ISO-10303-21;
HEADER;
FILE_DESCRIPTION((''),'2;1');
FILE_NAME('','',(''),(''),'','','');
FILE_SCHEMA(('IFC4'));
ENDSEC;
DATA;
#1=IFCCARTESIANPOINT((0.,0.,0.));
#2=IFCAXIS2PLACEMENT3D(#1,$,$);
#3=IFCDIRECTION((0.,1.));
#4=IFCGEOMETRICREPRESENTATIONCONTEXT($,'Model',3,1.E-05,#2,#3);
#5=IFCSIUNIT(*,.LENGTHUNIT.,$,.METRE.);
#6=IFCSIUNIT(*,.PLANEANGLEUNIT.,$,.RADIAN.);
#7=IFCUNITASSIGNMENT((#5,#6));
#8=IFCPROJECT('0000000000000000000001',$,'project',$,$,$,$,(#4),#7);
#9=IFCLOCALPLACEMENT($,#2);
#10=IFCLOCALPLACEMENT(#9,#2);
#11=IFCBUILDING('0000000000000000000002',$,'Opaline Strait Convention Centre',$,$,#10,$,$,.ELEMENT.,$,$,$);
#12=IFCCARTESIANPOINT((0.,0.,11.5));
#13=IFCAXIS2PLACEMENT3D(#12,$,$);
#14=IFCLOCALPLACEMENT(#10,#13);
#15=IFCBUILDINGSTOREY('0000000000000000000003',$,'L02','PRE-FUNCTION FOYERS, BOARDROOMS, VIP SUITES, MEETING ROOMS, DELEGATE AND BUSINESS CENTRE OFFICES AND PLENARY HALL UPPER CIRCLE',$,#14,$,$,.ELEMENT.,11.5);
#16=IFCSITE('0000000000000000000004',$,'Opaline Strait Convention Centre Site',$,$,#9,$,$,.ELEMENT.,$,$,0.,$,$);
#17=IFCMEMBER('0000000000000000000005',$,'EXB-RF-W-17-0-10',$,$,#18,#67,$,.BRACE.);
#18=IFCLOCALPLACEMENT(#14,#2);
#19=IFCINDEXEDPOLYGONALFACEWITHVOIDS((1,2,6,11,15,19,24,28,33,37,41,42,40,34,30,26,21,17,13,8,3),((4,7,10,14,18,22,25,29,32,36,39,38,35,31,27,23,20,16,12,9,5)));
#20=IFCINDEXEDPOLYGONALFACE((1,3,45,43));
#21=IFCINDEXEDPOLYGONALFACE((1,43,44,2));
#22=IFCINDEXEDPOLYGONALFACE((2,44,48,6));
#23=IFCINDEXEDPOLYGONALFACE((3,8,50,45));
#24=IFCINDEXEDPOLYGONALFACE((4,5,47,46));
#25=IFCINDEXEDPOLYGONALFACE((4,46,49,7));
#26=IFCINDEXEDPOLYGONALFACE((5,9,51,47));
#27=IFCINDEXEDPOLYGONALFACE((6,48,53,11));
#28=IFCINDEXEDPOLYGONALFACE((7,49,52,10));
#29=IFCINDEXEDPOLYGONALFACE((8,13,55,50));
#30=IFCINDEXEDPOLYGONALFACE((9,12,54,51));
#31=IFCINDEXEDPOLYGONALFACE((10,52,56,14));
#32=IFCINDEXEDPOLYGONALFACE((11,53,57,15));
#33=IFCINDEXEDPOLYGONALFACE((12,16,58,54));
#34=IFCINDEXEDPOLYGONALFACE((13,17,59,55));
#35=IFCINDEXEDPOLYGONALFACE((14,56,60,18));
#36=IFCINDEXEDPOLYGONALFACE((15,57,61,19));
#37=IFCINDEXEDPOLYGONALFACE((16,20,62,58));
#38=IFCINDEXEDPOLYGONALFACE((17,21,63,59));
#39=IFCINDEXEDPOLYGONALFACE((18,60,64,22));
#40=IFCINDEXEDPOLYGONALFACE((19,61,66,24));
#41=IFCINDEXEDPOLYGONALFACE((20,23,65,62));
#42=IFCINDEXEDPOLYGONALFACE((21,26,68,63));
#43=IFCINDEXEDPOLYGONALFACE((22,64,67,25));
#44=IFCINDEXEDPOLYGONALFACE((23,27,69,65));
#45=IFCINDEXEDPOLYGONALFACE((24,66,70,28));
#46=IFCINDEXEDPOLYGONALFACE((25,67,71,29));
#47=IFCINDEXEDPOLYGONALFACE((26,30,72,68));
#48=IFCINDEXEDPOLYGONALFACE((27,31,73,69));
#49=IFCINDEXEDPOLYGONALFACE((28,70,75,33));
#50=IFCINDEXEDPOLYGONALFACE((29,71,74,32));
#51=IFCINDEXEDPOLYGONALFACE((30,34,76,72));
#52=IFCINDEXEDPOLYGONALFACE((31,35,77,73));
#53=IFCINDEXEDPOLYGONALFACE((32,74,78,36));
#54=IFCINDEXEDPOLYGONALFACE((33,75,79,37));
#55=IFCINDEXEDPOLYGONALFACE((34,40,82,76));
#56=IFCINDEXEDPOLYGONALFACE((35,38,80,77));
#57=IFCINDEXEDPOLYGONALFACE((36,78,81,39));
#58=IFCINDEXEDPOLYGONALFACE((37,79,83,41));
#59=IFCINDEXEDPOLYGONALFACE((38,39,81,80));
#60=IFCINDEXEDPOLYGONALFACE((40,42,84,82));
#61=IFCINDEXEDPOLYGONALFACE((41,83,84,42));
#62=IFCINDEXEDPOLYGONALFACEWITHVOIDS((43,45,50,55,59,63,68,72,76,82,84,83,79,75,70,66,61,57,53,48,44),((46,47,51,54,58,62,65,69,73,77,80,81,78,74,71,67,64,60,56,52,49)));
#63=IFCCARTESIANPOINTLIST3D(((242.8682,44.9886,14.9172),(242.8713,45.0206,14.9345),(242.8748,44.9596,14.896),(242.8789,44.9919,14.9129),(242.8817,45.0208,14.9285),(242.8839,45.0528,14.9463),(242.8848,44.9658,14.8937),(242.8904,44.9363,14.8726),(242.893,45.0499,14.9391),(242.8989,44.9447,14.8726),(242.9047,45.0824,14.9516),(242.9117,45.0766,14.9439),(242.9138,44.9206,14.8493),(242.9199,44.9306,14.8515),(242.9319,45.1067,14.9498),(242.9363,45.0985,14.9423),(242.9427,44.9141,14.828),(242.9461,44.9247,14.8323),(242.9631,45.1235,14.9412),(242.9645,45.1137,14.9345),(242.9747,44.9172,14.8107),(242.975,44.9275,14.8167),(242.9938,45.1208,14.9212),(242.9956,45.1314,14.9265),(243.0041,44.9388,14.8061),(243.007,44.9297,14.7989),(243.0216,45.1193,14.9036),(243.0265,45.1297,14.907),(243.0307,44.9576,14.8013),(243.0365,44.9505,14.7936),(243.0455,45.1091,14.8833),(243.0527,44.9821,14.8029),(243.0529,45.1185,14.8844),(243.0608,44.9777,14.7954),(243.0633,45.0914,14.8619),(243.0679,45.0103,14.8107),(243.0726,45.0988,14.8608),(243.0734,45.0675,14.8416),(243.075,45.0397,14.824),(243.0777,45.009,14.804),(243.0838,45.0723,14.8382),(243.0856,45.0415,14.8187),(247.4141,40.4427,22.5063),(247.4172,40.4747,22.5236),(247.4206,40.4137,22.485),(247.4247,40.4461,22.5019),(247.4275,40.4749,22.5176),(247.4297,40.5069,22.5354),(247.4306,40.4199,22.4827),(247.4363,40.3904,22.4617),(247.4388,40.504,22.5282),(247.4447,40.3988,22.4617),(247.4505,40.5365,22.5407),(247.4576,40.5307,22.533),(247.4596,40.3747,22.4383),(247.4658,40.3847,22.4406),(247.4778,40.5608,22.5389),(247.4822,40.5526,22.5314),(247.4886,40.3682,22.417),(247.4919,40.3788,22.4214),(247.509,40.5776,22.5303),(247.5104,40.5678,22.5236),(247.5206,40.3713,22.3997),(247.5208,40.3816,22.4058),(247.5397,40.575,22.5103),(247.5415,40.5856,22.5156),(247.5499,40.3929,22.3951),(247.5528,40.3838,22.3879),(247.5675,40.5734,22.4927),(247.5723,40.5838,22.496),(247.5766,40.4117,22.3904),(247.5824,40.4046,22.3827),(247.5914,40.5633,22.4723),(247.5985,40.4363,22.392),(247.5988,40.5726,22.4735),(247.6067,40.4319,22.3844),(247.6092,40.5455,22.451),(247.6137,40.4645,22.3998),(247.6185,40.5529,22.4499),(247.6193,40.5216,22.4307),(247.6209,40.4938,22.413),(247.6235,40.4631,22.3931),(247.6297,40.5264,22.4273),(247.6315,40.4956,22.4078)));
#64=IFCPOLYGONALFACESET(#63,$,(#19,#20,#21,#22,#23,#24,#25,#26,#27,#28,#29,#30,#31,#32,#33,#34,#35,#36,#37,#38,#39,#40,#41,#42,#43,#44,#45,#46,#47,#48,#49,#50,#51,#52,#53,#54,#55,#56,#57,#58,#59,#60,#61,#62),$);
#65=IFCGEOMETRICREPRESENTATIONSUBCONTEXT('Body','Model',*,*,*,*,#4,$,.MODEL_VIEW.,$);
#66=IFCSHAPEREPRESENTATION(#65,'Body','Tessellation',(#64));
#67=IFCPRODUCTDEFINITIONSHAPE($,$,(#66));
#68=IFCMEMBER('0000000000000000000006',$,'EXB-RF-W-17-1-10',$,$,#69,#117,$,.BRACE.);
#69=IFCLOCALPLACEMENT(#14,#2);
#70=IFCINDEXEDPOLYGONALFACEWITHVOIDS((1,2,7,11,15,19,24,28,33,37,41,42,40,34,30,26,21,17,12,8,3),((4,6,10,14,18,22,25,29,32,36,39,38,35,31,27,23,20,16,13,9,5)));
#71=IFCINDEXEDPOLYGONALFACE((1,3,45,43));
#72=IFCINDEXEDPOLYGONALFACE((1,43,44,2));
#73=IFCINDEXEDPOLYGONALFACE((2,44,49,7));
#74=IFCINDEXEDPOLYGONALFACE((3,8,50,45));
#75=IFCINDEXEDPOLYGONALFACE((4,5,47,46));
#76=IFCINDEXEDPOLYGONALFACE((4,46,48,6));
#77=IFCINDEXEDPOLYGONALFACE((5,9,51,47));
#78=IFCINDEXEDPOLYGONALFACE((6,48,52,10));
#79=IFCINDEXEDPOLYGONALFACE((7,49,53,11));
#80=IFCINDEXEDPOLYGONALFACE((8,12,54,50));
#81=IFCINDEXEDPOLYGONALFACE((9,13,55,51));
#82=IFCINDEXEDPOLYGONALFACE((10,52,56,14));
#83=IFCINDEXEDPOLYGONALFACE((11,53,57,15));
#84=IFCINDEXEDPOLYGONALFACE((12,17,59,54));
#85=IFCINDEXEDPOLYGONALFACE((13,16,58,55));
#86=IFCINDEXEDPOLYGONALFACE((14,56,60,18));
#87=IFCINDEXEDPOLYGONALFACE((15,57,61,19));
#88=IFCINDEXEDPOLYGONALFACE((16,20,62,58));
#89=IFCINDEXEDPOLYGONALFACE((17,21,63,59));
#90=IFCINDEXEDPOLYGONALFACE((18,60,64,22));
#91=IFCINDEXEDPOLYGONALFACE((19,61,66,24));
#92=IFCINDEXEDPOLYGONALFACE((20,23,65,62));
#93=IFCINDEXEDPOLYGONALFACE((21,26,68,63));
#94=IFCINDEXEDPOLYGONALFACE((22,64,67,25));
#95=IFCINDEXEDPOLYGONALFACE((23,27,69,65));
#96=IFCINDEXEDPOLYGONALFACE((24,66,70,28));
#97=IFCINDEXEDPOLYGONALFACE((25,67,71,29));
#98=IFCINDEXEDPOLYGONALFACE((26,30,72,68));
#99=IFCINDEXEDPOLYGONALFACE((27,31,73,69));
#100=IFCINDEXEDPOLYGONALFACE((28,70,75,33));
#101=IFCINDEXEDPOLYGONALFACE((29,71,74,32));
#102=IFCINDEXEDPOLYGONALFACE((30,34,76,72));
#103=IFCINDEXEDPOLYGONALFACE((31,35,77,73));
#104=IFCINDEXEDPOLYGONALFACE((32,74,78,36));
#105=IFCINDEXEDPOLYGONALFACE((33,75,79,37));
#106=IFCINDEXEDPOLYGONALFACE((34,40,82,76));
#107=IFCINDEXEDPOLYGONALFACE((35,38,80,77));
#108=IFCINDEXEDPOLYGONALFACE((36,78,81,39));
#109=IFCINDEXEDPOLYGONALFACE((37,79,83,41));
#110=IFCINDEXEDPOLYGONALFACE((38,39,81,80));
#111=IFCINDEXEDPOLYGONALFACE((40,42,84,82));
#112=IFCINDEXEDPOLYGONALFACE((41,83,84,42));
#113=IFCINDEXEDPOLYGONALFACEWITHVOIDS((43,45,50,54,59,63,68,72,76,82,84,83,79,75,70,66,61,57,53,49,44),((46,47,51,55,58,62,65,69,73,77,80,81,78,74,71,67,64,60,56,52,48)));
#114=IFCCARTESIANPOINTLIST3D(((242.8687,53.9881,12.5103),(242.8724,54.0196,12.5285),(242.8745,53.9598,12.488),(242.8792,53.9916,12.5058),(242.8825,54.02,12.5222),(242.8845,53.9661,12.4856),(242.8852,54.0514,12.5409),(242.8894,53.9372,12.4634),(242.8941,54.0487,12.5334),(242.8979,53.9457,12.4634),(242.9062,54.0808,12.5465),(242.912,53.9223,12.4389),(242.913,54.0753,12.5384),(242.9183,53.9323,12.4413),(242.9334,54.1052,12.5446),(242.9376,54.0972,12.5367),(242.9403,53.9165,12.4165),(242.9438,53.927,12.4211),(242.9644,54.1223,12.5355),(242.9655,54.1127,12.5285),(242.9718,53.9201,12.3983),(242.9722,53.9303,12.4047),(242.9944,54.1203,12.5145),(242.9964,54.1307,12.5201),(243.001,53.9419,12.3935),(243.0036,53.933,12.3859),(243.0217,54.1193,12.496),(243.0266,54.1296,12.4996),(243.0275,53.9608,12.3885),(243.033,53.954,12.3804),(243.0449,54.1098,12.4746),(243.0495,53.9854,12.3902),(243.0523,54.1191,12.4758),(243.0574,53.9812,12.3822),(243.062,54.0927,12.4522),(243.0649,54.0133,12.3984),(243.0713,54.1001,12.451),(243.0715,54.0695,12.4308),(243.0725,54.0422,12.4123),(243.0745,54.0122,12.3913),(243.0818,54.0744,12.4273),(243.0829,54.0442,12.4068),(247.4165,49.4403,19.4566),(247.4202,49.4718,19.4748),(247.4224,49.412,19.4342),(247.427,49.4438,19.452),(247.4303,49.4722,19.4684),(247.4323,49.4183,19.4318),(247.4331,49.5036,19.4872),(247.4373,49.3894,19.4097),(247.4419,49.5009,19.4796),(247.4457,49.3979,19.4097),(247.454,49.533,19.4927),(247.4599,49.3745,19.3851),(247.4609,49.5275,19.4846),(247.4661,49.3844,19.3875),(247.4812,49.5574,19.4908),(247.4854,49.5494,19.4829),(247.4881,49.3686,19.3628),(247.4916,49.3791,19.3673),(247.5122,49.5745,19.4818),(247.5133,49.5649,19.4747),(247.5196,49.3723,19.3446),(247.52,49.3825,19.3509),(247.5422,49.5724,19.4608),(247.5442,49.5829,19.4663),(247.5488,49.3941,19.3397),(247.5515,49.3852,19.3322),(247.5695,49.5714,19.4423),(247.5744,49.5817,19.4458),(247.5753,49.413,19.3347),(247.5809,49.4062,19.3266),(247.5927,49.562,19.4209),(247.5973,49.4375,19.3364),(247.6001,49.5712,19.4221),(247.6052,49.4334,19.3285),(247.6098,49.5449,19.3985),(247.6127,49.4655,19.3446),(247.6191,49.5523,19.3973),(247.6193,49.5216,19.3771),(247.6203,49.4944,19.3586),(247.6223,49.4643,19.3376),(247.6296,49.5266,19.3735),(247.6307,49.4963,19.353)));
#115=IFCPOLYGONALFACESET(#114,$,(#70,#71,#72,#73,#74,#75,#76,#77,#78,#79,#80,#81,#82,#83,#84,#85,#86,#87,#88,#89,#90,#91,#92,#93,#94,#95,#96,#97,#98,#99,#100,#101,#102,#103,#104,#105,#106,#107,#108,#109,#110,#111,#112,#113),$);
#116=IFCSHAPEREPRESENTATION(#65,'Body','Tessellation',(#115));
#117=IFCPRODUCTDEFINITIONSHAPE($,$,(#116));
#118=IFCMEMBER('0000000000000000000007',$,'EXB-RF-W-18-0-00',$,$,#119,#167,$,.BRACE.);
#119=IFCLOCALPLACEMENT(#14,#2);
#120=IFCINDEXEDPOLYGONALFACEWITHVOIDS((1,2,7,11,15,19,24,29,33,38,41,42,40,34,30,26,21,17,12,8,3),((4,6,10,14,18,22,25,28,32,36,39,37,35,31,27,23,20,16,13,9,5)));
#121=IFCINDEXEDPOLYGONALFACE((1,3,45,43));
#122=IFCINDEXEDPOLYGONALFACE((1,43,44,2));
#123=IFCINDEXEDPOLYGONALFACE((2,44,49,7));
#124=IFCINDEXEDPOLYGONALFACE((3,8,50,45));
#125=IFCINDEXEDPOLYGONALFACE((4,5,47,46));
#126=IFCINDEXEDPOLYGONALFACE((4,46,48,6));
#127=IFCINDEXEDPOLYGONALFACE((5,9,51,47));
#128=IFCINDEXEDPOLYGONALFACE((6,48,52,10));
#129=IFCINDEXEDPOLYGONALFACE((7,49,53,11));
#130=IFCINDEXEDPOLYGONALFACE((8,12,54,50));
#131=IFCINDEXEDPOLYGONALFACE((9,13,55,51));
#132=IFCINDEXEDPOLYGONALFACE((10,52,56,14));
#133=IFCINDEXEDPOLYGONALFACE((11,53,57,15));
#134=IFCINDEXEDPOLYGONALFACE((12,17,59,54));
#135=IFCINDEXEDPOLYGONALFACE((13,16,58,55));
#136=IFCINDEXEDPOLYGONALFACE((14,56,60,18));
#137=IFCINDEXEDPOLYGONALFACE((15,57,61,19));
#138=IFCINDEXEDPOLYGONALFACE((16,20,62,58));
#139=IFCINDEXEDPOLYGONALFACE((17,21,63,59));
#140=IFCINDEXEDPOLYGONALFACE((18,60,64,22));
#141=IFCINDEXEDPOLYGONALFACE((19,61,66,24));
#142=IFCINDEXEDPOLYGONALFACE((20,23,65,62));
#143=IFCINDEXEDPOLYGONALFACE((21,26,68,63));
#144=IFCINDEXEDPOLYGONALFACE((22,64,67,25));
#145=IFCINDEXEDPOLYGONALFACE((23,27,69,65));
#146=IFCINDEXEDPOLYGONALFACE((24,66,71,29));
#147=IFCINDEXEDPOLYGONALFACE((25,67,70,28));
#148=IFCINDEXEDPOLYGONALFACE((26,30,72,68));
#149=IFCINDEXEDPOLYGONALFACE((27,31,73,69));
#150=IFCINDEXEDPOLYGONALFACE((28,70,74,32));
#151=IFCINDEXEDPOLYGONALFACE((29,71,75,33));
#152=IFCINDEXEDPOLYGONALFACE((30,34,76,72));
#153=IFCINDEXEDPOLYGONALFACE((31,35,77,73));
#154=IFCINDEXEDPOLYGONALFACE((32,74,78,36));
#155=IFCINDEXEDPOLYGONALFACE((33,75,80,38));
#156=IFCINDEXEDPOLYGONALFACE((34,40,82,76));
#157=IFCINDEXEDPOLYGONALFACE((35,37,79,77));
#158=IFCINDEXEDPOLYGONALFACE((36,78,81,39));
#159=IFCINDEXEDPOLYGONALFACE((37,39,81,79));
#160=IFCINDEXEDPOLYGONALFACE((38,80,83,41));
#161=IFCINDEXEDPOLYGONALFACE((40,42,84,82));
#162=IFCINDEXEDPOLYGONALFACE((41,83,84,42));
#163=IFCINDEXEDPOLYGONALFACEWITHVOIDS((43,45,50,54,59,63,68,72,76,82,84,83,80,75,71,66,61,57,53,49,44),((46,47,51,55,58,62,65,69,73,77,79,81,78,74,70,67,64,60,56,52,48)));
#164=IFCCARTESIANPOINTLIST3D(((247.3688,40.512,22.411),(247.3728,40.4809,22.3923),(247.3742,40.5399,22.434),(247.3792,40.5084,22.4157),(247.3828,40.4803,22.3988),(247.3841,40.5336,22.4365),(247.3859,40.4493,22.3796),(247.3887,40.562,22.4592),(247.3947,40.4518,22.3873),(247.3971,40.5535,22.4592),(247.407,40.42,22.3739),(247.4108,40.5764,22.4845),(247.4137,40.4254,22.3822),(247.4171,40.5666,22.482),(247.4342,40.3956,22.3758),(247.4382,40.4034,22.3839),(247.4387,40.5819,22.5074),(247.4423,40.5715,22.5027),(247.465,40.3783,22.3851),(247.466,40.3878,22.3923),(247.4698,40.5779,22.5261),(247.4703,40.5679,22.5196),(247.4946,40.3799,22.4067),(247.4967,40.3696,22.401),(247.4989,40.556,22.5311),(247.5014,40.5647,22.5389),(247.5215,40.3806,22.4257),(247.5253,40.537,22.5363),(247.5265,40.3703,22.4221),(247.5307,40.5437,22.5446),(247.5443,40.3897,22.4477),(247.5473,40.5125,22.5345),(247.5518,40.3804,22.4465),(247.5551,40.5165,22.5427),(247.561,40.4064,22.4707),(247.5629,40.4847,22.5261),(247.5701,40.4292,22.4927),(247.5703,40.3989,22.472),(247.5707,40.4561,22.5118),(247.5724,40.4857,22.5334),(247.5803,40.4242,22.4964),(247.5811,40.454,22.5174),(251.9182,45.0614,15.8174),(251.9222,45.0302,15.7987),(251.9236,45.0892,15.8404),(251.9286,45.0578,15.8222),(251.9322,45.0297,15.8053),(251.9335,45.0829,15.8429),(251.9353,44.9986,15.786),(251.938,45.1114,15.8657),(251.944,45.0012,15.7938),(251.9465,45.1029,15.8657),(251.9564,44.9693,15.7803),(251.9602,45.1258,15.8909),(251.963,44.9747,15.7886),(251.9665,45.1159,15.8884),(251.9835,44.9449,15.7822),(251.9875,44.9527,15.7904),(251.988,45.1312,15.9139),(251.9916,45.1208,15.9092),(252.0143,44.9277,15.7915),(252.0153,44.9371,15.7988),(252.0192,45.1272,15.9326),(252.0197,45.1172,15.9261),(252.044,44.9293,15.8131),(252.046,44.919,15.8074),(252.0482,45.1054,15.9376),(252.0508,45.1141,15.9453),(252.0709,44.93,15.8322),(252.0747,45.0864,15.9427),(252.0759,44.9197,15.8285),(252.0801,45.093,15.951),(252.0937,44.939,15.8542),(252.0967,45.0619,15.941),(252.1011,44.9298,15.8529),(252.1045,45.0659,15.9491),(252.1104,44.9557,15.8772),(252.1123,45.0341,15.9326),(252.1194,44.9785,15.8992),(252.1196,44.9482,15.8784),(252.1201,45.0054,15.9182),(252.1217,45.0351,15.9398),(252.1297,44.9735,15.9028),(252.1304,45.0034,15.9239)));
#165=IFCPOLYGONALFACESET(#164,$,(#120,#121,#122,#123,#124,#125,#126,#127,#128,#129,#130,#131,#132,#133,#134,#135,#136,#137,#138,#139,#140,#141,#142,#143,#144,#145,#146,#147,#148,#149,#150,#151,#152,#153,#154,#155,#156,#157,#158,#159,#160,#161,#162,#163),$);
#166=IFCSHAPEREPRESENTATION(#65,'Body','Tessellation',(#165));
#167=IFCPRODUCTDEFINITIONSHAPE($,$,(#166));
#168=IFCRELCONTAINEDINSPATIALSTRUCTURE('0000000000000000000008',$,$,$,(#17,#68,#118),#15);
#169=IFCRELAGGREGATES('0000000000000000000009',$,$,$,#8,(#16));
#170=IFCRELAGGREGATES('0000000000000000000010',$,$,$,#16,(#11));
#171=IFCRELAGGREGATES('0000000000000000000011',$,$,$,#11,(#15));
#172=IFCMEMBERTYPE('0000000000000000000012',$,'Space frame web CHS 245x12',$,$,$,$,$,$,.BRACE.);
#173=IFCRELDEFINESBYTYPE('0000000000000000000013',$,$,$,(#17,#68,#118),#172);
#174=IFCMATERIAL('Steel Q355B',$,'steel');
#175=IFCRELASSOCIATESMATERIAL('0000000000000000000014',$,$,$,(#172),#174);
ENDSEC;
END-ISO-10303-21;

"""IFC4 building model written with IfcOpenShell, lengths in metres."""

from ifc_helpers import new_model, si_unit, direction, frame, origin, origin_2d, place, context, subcontext, project, spatial, hollow_circle, extrude, material, material_profile, profile_set, type_object, element, save


model = new_model("IFC4")

# Units and contexts
model_context = context("Model", 3, precision=1e-05, world=origin(), true_north=direction((0.0, 1.0)))
body_context = subcontext(model_context, "Body", "Model", "MODEL_VIEW")
ifc_project = project(units=[si_unit("LENGTHUNIT", "METRE"), si_unit("PLANEANGLEUNIT", "RADIAN")], contexts=[model_context])

# Site, building, storey
site_placement = place(None, origin())
site = spatial("IfcSite", under=ifc_project, at=site_placement, Name="Opaline Strait Convention Centre Site", CompositionType="ELEMENT", RefElevation=0.0)
building_placement = place(site_placement, origin())
building = spatial("IfcBuilding", under=site, at=building_placement, Name="Opaline Strait Convention Centre", CompositionType="ELEMENT")
storey_placement = place(building_placement, frame((0.0, 0.0, 11.5)))
storey = spatial("IfcBuildingStorey", under=building, at=storey_placement, Name="L02", Description="PRE-FUNCTION FOYERS, BOARDROOMS, VIP SUITES, MEETING ROOMS, DELEGATE AND BUSINESS CENTRE OFFICES AND PLENARY HALL UPPER CIRCLE", CompositionType="ELEMENT", Elevation=11.5)

# Members
ifc_material_1 = material(Name="Steel Q355B", Category="steel")
ifc_material_profile_1 = material_profile(ifc_material_1, hollow_circle(Radius=0.1226, WallThickness=0.012, at=origin_2d()), Name="CHS 245x12")
ifc_profile_set_1 = profile_set([ifc_material_profile_1], Name="Steel Q355B")
member_type_1 = type_object("IfcMemberType", Name="Space frame web CHS 245x12", PredefinedType="BRACE", material=ifc_profile_set_1)
member_1_placement = place(storey_placement, frame((247.5229, 40.4771, 22.4617), z_axis=(-0.457053, 0.457053, -0.763023), x_axis=(-0.707107, -0.707107, 0.0)))
element("IfcMember", 1, at=member_1_placement, inside=storey, type_object=member_type_1, Name="EXB-RF-W-17-0-10", PredefinedType="BRACE", context=body_context, shape_type="SweptSolid", body=[
    extrude(hollow_circle(Radius=0.1226, WallThickness=0.012, at=origin_2d()), origin(), (0.0, 0.0, 1.0), 9.946),
])
member_2_placement = place(storey_placement, frame((247.5239, 49.4761, 19.4097), z_axis=(-0.480409, 0.480409, -0.733767), x_axis=(-0.707107, -0.707107, 0.0)))
element("IfcMember", 2, at=member_2_placement, inside=storey, type_object=member_type_1, Name="EXB-RF-W-17-1-10", PredefinedType="BRACE", context=body_context, shape_type="SweptSolid", body=[
    extrude(hollow_circle(Radius=0.1226, WallThickness=0.012, at=origin_2d()), origin(), (0.0, 0.0, 1.0), 9.4666),
])
member_3_placement = place(storey_placement, frame((247.4753, 40.4753, 22.4592), z_axis=(0.493829, 0.493829, -0.715727), x_axis=(-0.707107, 0.707107, 0.0)))
element("IfcMember", 3, at=member_3_placement, inside=storey, type_object=member_type_1, Name="EXB-RF-W-18-0-00", PredefinedType="BRACE", context=body_context, shape_type="SweptSolid", body=[
    extrude(hollow_circle(Radius=0.1226, WallThickness=0.012, at=origin_2d()), origin(), (0.0, 0.0, 1.0), 9.2124),
])

save(model, "model.ifc")
